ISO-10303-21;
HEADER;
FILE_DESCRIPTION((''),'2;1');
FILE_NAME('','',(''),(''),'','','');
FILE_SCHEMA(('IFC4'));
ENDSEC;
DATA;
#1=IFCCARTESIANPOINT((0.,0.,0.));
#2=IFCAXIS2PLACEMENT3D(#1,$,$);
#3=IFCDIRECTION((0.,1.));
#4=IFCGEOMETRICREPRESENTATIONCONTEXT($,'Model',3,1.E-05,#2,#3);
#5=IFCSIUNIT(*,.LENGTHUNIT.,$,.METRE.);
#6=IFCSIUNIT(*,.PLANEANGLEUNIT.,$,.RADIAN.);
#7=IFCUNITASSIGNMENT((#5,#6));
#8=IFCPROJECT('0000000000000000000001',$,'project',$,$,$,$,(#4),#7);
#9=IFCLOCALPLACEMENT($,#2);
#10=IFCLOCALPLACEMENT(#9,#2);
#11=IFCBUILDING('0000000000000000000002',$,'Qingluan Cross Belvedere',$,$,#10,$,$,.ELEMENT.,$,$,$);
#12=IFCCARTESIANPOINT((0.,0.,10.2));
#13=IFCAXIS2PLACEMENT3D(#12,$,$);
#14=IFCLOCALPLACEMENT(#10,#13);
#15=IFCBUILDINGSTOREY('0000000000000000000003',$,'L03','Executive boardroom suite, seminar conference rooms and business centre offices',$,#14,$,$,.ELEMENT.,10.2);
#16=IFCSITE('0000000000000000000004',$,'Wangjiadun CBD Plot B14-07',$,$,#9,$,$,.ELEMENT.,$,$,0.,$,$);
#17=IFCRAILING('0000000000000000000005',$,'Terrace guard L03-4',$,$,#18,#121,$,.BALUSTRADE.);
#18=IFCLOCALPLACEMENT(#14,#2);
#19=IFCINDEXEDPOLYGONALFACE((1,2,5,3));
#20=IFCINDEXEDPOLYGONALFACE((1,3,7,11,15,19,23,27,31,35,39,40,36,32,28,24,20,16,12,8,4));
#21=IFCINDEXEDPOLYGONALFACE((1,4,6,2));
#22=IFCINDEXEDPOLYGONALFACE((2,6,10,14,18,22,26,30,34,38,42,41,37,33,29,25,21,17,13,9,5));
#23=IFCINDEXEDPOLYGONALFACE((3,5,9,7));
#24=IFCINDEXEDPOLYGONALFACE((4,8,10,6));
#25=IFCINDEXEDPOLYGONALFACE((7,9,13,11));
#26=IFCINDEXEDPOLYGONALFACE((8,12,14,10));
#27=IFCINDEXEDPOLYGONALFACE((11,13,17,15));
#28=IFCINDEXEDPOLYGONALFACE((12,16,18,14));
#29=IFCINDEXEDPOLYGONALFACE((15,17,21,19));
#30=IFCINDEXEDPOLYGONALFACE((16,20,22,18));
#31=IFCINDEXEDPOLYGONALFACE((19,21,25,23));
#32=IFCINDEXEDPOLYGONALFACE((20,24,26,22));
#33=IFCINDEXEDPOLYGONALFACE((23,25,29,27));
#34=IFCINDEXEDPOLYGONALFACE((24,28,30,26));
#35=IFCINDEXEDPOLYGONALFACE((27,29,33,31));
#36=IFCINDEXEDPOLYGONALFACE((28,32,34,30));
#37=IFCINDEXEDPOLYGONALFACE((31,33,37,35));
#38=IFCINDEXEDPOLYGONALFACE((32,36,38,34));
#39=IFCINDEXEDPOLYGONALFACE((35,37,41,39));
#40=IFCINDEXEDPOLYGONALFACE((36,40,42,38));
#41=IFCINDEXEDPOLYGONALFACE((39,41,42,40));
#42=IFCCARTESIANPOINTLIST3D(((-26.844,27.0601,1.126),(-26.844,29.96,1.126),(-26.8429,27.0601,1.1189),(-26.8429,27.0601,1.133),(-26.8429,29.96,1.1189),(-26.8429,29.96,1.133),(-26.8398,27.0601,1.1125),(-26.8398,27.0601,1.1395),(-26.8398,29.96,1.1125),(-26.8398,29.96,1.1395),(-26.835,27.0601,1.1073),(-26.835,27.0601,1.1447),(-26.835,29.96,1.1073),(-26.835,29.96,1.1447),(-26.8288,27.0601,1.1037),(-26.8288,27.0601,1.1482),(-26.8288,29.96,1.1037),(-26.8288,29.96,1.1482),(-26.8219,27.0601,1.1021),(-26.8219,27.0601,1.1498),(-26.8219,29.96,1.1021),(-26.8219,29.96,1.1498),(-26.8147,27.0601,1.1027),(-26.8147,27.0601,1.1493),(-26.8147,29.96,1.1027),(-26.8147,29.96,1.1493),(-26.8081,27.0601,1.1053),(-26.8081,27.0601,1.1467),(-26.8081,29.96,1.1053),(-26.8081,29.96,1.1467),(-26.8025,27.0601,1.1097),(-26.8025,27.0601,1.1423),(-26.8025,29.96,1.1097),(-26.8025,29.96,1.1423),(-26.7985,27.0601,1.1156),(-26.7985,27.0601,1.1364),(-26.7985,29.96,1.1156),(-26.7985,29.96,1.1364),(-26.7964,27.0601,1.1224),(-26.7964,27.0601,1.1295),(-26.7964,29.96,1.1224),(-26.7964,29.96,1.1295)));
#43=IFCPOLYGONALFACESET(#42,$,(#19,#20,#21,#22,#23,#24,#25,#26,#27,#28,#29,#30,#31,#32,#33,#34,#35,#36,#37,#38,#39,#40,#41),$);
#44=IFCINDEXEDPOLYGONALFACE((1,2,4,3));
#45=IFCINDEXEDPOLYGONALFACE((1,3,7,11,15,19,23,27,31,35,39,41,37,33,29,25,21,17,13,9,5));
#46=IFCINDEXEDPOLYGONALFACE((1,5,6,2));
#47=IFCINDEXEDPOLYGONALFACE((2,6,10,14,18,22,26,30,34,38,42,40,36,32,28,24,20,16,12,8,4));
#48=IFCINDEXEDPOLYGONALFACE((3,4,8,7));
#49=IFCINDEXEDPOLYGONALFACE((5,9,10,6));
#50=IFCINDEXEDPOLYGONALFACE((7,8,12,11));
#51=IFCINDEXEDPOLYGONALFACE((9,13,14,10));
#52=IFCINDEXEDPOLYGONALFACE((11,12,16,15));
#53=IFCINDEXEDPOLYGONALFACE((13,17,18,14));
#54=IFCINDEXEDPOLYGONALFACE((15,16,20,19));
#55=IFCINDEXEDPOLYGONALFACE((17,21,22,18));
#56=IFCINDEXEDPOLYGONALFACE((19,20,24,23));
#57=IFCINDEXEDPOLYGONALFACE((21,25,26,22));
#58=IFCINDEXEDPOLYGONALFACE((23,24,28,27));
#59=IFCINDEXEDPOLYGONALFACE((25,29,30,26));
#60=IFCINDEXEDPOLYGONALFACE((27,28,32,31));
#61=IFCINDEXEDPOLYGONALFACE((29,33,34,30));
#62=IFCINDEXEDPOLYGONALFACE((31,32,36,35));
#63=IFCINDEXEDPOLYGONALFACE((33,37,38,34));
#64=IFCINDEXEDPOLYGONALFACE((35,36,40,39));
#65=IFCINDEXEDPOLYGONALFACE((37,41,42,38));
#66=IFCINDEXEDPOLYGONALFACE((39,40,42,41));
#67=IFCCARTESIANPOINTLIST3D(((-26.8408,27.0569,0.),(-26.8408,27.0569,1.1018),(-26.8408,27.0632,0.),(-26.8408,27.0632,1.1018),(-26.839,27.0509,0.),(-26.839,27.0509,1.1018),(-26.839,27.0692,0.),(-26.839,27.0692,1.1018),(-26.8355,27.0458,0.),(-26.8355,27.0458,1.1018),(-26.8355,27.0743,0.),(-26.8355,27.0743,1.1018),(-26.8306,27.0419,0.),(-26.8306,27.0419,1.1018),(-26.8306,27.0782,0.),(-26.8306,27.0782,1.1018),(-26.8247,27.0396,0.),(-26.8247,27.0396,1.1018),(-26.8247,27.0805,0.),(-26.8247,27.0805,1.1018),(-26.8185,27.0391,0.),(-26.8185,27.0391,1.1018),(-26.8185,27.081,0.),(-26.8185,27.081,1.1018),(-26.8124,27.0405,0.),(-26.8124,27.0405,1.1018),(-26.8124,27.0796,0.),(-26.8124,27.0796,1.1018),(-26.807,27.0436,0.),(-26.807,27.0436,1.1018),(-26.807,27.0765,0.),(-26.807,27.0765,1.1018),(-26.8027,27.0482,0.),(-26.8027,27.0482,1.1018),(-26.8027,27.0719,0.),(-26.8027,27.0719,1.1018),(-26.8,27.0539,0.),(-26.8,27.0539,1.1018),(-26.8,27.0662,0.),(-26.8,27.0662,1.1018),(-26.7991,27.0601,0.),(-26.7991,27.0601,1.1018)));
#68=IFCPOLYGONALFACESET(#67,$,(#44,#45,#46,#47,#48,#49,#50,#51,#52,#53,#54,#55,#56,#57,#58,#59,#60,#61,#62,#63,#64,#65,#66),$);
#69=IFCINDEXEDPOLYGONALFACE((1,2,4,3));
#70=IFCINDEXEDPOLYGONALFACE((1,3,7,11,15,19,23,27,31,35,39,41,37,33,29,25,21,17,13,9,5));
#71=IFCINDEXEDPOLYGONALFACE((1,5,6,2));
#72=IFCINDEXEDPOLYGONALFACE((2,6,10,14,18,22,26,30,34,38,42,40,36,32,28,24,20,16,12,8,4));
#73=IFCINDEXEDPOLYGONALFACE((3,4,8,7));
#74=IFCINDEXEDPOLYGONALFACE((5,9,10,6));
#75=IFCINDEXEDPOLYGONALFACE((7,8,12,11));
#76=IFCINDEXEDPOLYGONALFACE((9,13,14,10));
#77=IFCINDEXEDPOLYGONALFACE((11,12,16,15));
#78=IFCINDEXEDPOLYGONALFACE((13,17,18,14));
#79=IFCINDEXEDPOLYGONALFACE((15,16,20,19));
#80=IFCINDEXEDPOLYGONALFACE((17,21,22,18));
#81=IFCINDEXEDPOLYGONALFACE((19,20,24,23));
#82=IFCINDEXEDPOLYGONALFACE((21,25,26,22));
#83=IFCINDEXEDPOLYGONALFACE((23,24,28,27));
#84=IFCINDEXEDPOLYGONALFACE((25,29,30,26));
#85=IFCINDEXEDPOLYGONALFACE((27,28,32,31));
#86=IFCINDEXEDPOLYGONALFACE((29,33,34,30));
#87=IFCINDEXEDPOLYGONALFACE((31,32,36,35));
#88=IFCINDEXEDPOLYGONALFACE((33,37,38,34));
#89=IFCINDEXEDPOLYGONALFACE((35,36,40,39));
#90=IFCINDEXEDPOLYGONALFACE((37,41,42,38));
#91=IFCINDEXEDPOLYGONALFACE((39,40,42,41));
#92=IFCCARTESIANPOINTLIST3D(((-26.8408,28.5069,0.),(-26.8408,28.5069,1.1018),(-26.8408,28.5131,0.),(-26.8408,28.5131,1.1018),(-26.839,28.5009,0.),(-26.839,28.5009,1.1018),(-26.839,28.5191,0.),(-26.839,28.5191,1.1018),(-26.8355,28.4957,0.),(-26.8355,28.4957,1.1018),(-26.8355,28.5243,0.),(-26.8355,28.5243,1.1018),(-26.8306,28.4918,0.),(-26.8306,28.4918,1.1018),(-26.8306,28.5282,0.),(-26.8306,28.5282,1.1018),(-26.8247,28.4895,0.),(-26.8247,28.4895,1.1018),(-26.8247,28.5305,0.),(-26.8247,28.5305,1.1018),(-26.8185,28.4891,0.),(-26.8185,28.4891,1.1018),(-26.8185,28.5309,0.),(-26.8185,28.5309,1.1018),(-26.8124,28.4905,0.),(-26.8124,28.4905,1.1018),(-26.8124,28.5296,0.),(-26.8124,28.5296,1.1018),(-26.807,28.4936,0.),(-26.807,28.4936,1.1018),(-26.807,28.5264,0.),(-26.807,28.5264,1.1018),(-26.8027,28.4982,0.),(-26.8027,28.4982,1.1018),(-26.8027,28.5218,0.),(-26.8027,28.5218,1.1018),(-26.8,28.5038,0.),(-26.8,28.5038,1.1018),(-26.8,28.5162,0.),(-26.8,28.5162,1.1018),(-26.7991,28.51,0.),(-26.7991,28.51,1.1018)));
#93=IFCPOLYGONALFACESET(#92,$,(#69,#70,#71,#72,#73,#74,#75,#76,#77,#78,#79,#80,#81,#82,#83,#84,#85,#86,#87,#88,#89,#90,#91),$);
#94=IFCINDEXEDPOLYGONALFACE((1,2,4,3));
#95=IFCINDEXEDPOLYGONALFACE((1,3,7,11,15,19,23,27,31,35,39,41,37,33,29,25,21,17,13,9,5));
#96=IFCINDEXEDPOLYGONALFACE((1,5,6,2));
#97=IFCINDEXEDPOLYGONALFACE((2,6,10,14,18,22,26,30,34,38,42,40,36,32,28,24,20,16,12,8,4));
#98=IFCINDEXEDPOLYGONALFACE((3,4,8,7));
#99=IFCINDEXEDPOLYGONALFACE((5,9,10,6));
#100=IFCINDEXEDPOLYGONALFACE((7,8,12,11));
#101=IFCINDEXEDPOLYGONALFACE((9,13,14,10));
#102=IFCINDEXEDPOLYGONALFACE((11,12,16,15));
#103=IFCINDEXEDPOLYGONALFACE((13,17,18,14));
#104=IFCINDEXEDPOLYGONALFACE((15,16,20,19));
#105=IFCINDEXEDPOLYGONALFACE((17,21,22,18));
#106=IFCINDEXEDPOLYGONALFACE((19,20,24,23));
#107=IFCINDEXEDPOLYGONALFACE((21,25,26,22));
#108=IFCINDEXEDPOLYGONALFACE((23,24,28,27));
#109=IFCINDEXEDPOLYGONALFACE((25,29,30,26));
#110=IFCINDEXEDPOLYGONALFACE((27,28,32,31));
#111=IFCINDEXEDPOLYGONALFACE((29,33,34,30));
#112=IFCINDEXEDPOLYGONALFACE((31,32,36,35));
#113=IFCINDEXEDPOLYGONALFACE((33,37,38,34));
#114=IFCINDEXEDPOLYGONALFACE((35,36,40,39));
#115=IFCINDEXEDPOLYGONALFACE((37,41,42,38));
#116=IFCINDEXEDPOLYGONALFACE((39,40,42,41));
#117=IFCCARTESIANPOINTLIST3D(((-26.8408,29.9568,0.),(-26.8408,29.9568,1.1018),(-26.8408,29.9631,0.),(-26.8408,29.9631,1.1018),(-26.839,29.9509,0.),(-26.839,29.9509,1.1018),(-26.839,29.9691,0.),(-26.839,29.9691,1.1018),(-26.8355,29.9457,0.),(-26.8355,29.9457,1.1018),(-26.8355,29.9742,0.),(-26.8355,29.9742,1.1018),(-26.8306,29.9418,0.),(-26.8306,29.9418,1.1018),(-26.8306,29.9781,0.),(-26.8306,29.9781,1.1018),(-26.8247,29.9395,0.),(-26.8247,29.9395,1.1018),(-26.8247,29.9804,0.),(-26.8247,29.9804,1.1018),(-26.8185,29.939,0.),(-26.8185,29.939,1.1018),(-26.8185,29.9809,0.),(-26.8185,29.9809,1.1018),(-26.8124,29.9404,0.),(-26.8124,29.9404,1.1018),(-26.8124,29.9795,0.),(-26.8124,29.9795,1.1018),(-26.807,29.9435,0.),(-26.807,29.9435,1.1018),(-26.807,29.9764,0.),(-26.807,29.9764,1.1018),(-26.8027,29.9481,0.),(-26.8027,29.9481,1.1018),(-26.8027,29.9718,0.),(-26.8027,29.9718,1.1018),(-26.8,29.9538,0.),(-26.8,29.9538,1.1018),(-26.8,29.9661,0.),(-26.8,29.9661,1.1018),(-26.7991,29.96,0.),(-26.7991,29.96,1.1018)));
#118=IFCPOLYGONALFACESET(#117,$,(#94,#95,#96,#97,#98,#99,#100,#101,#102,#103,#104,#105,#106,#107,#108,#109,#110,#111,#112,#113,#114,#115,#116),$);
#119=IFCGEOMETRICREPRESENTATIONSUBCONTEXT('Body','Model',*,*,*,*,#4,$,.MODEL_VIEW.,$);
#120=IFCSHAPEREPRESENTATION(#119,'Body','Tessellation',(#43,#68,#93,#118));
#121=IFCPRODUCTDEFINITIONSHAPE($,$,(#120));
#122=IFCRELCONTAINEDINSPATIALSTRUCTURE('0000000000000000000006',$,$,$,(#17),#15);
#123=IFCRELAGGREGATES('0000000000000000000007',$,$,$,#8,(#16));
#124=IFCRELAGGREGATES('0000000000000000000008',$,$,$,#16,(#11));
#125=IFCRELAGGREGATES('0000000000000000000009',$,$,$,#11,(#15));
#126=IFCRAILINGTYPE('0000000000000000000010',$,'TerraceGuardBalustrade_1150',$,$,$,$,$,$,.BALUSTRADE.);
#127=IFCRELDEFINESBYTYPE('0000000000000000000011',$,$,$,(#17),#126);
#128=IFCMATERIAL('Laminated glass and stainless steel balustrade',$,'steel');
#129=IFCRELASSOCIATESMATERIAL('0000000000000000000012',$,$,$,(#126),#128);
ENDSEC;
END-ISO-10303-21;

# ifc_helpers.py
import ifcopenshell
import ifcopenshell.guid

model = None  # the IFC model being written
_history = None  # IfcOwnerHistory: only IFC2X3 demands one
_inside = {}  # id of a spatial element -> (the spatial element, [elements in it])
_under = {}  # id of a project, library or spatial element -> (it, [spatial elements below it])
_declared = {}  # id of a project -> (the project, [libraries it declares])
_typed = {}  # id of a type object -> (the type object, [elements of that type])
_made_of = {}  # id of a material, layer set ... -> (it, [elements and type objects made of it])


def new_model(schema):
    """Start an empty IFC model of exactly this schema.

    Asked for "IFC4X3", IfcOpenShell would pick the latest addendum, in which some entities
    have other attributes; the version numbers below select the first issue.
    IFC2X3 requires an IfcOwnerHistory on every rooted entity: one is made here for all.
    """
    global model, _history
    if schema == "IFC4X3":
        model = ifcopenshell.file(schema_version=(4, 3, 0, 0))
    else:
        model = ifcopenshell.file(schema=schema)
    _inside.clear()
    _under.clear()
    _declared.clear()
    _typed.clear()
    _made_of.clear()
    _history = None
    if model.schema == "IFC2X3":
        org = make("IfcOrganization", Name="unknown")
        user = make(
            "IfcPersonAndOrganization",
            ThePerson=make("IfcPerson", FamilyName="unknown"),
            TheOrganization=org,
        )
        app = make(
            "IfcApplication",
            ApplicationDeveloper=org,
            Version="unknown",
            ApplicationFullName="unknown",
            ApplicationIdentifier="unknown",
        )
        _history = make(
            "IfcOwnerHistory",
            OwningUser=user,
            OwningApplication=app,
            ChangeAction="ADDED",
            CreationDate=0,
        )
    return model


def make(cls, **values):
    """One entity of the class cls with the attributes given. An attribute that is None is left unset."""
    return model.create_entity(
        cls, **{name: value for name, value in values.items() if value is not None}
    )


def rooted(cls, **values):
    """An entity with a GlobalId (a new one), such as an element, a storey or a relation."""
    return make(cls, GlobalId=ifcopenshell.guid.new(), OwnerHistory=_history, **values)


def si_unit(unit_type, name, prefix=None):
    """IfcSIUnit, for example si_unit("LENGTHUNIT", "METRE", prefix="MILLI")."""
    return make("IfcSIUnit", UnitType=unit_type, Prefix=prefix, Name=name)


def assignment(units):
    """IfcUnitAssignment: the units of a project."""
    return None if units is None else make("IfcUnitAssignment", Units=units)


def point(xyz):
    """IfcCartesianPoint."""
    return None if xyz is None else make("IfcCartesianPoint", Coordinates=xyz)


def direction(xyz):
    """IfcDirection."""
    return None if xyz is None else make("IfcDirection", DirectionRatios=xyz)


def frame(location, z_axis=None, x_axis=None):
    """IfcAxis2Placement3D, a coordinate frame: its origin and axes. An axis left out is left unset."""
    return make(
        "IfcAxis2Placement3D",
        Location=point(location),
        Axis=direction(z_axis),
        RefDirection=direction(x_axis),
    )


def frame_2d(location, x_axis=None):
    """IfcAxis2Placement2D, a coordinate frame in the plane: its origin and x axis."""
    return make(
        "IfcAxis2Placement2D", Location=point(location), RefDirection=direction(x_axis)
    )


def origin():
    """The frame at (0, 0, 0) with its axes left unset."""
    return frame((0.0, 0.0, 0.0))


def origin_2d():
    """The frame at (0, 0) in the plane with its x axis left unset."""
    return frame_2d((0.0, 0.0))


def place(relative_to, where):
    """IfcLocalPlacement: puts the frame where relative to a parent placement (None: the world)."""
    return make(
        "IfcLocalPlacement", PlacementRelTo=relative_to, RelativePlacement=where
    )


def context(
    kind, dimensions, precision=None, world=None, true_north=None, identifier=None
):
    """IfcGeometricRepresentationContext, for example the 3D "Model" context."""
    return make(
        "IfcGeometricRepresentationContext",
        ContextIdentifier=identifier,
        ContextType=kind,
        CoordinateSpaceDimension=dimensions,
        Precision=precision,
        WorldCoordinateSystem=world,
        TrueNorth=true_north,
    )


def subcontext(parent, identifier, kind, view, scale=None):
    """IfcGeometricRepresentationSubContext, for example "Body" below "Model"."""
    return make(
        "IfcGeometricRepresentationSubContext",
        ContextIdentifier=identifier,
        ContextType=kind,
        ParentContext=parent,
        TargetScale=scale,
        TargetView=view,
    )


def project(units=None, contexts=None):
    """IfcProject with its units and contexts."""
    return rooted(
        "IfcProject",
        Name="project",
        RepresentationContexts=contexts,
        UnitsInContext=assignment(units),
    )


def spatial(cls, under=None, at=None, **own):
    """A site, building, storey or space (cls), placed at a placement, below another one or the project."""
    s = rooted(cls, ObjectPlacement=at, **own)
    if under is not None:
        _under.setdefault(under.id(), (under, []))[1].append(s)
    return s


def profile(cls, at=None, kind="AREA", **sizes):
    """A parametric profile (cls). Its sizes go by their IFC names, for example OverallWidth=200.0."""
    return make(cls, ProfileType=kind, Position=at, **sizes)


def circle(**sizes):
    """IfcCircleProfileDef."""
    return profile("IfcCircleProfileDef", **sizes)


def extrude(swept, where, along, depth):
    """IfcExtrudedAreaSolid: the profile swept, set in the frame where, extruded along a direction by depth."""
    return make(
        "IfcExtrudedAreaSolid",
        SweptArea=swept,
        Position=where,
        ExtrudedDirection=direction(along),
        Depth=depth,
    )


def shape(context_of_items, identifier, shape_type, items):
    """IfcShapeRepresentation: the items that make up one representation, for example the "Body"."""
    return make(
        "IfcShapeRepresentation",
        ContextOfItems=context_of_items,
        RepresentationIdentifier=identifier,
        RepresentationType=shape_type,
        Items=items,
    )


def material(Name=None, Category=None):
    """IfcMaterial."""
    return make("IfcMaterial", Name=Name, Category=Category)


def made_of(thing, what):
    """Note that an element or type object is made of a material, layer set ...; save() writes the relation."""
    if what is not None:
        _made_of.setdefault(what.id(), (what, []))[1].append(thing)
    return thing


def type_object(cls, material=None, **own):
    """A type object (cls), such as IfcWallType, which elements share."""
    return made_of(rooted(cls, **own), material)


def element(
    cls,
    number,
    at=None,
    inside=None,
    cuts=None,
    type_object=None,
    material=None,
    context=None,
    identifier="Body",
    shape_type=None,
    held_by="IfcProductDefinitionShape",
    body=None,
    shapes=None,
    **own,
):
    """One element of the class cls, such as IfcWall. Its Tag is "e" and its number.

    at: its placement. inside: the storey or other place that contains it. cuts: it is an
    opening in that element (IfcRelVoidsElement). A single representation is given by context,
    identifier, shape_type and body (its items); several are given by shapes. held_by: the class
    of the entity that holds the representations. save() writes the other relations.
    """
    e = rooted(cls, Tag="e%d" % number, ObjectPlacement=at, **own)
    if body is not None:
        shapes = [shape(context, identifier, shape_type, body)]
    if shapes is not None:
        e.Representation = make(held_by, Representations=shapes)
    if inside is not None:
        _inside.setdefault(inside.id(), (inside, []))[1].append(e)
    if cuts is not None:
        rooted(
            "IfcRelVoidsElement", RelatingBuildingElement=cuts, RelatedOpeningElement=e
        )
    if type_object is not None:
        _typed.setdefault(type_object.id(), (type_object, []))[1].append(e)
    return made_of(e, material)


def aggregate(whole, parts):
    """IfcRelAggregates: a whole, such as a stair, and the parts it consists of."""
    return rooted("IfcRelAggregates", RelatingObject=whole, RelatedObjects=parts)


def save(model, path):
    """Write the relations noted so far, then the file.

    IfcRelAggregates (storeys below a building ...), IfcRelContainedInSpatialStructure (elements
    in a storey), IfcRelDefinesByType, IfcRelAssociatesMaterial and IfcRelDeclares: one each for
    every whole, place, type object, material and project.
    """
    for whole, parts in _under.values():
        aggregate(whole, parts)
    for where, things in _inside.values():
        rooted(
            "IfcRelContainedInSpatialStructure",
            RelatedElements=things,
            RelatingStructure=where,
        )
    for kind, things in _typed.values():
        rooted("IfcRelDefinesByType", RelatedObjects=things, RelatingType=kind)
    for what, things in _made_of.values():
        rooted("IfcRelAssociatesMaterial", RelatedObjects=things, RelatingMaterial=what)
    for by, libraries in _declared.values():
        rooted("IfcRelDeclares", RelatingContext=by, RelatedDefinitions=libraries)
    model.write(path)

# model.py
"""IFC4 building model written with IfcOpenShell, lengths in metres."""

from ifc_helpers import new_model, si_unit, direction, frame, origin, origin_2d, place, context, subcontext, project, spatial, circle, extrude, material, type_object, element, save


model = new_model("IFC4")

# Units and contexts
model_context = context("Model", 3, precision=1e-05, world=origin(), true_north=direction((0.0, 1.0)))
body_context = subcontext(model_context, "Body", "Model", "MODEL_VIEW")
ifc_project = project(units=[si_unit("LENGTHUNIT", "METRE"), si_unit("PLANEANGLEUNIT", "RADIAN")], contexts=[model_context])

# Site, building, storey
site_placement = place(None, origin())
site = spatial("IfcSite", under=ifc_project, at=site_placement, Name="Wangjiadun CBD Plot B14-07", CompositionType="ELEMENT", RefElevation=0.0)
building_placement = place(site_placement, origin())
building = spatial("IfcBuilding", under=site, at=building_placement, Name="Qingluan Cross Belvedere", CompositionType="ELEMENT")
storey_placement = place(building_placement, frame((0.0, 0.0, 10.2)))
storey = spatial("IfcBuildingStorey", under=building, at=storey_placement, Name="L03", Description="Executive boardroom suite, seminar conference rooms and business centre offices", CompositionType="ELEMENT", Elevation=10.2)

# Railing
ifc_material_1 = material(Name="Laminated glass and stainless steel balustrade", Category="steel")
railing_type_1 = type_object("IfcRailingType", Name="TerraceGuardBalustrade_1150", PredefinedType="BALUSTRADE", material=ifc_material_1)
railing_1_placement = place(storey_placement, frame((-26.8201, 27.0601, 0.0)))
element("IfcRailing", 1, at=railing_1_placement, inside=storey, type_object=railing_type_1, Name="Terrace guard L03-4", PredefinedType="BALUSTRADE", context=body_context, shape_type="SweptSolid", body=[
    extrude(circle(Radius=0.0239, at=origin_2d()), frame((0.0, 0.0, 1.126), z_axis=(0.0, 1.0, 0.0), x_axis=(-1.0, 0.0, 0.0)), (0.0, 0.0, 1.0), 2.8999),
    extrude(circle(Radius=0.021, at=origin_2d()), origin(), (0.0, 0.0, 1.0), 1.1018),
    extrude(circle(Radius=0.021, at=origin_2d()), frame((0.0, 1.45, 0.0)), (0.0, 0.0, 1.0), 1.1018),
    extrude(circle(Radius=0.021, at=origin_2d()), frame((0.0, 2.8999, 0.0)), (0.0, 0.0, 1.0), 1.1018),
])

save(model, "model.ifc")
